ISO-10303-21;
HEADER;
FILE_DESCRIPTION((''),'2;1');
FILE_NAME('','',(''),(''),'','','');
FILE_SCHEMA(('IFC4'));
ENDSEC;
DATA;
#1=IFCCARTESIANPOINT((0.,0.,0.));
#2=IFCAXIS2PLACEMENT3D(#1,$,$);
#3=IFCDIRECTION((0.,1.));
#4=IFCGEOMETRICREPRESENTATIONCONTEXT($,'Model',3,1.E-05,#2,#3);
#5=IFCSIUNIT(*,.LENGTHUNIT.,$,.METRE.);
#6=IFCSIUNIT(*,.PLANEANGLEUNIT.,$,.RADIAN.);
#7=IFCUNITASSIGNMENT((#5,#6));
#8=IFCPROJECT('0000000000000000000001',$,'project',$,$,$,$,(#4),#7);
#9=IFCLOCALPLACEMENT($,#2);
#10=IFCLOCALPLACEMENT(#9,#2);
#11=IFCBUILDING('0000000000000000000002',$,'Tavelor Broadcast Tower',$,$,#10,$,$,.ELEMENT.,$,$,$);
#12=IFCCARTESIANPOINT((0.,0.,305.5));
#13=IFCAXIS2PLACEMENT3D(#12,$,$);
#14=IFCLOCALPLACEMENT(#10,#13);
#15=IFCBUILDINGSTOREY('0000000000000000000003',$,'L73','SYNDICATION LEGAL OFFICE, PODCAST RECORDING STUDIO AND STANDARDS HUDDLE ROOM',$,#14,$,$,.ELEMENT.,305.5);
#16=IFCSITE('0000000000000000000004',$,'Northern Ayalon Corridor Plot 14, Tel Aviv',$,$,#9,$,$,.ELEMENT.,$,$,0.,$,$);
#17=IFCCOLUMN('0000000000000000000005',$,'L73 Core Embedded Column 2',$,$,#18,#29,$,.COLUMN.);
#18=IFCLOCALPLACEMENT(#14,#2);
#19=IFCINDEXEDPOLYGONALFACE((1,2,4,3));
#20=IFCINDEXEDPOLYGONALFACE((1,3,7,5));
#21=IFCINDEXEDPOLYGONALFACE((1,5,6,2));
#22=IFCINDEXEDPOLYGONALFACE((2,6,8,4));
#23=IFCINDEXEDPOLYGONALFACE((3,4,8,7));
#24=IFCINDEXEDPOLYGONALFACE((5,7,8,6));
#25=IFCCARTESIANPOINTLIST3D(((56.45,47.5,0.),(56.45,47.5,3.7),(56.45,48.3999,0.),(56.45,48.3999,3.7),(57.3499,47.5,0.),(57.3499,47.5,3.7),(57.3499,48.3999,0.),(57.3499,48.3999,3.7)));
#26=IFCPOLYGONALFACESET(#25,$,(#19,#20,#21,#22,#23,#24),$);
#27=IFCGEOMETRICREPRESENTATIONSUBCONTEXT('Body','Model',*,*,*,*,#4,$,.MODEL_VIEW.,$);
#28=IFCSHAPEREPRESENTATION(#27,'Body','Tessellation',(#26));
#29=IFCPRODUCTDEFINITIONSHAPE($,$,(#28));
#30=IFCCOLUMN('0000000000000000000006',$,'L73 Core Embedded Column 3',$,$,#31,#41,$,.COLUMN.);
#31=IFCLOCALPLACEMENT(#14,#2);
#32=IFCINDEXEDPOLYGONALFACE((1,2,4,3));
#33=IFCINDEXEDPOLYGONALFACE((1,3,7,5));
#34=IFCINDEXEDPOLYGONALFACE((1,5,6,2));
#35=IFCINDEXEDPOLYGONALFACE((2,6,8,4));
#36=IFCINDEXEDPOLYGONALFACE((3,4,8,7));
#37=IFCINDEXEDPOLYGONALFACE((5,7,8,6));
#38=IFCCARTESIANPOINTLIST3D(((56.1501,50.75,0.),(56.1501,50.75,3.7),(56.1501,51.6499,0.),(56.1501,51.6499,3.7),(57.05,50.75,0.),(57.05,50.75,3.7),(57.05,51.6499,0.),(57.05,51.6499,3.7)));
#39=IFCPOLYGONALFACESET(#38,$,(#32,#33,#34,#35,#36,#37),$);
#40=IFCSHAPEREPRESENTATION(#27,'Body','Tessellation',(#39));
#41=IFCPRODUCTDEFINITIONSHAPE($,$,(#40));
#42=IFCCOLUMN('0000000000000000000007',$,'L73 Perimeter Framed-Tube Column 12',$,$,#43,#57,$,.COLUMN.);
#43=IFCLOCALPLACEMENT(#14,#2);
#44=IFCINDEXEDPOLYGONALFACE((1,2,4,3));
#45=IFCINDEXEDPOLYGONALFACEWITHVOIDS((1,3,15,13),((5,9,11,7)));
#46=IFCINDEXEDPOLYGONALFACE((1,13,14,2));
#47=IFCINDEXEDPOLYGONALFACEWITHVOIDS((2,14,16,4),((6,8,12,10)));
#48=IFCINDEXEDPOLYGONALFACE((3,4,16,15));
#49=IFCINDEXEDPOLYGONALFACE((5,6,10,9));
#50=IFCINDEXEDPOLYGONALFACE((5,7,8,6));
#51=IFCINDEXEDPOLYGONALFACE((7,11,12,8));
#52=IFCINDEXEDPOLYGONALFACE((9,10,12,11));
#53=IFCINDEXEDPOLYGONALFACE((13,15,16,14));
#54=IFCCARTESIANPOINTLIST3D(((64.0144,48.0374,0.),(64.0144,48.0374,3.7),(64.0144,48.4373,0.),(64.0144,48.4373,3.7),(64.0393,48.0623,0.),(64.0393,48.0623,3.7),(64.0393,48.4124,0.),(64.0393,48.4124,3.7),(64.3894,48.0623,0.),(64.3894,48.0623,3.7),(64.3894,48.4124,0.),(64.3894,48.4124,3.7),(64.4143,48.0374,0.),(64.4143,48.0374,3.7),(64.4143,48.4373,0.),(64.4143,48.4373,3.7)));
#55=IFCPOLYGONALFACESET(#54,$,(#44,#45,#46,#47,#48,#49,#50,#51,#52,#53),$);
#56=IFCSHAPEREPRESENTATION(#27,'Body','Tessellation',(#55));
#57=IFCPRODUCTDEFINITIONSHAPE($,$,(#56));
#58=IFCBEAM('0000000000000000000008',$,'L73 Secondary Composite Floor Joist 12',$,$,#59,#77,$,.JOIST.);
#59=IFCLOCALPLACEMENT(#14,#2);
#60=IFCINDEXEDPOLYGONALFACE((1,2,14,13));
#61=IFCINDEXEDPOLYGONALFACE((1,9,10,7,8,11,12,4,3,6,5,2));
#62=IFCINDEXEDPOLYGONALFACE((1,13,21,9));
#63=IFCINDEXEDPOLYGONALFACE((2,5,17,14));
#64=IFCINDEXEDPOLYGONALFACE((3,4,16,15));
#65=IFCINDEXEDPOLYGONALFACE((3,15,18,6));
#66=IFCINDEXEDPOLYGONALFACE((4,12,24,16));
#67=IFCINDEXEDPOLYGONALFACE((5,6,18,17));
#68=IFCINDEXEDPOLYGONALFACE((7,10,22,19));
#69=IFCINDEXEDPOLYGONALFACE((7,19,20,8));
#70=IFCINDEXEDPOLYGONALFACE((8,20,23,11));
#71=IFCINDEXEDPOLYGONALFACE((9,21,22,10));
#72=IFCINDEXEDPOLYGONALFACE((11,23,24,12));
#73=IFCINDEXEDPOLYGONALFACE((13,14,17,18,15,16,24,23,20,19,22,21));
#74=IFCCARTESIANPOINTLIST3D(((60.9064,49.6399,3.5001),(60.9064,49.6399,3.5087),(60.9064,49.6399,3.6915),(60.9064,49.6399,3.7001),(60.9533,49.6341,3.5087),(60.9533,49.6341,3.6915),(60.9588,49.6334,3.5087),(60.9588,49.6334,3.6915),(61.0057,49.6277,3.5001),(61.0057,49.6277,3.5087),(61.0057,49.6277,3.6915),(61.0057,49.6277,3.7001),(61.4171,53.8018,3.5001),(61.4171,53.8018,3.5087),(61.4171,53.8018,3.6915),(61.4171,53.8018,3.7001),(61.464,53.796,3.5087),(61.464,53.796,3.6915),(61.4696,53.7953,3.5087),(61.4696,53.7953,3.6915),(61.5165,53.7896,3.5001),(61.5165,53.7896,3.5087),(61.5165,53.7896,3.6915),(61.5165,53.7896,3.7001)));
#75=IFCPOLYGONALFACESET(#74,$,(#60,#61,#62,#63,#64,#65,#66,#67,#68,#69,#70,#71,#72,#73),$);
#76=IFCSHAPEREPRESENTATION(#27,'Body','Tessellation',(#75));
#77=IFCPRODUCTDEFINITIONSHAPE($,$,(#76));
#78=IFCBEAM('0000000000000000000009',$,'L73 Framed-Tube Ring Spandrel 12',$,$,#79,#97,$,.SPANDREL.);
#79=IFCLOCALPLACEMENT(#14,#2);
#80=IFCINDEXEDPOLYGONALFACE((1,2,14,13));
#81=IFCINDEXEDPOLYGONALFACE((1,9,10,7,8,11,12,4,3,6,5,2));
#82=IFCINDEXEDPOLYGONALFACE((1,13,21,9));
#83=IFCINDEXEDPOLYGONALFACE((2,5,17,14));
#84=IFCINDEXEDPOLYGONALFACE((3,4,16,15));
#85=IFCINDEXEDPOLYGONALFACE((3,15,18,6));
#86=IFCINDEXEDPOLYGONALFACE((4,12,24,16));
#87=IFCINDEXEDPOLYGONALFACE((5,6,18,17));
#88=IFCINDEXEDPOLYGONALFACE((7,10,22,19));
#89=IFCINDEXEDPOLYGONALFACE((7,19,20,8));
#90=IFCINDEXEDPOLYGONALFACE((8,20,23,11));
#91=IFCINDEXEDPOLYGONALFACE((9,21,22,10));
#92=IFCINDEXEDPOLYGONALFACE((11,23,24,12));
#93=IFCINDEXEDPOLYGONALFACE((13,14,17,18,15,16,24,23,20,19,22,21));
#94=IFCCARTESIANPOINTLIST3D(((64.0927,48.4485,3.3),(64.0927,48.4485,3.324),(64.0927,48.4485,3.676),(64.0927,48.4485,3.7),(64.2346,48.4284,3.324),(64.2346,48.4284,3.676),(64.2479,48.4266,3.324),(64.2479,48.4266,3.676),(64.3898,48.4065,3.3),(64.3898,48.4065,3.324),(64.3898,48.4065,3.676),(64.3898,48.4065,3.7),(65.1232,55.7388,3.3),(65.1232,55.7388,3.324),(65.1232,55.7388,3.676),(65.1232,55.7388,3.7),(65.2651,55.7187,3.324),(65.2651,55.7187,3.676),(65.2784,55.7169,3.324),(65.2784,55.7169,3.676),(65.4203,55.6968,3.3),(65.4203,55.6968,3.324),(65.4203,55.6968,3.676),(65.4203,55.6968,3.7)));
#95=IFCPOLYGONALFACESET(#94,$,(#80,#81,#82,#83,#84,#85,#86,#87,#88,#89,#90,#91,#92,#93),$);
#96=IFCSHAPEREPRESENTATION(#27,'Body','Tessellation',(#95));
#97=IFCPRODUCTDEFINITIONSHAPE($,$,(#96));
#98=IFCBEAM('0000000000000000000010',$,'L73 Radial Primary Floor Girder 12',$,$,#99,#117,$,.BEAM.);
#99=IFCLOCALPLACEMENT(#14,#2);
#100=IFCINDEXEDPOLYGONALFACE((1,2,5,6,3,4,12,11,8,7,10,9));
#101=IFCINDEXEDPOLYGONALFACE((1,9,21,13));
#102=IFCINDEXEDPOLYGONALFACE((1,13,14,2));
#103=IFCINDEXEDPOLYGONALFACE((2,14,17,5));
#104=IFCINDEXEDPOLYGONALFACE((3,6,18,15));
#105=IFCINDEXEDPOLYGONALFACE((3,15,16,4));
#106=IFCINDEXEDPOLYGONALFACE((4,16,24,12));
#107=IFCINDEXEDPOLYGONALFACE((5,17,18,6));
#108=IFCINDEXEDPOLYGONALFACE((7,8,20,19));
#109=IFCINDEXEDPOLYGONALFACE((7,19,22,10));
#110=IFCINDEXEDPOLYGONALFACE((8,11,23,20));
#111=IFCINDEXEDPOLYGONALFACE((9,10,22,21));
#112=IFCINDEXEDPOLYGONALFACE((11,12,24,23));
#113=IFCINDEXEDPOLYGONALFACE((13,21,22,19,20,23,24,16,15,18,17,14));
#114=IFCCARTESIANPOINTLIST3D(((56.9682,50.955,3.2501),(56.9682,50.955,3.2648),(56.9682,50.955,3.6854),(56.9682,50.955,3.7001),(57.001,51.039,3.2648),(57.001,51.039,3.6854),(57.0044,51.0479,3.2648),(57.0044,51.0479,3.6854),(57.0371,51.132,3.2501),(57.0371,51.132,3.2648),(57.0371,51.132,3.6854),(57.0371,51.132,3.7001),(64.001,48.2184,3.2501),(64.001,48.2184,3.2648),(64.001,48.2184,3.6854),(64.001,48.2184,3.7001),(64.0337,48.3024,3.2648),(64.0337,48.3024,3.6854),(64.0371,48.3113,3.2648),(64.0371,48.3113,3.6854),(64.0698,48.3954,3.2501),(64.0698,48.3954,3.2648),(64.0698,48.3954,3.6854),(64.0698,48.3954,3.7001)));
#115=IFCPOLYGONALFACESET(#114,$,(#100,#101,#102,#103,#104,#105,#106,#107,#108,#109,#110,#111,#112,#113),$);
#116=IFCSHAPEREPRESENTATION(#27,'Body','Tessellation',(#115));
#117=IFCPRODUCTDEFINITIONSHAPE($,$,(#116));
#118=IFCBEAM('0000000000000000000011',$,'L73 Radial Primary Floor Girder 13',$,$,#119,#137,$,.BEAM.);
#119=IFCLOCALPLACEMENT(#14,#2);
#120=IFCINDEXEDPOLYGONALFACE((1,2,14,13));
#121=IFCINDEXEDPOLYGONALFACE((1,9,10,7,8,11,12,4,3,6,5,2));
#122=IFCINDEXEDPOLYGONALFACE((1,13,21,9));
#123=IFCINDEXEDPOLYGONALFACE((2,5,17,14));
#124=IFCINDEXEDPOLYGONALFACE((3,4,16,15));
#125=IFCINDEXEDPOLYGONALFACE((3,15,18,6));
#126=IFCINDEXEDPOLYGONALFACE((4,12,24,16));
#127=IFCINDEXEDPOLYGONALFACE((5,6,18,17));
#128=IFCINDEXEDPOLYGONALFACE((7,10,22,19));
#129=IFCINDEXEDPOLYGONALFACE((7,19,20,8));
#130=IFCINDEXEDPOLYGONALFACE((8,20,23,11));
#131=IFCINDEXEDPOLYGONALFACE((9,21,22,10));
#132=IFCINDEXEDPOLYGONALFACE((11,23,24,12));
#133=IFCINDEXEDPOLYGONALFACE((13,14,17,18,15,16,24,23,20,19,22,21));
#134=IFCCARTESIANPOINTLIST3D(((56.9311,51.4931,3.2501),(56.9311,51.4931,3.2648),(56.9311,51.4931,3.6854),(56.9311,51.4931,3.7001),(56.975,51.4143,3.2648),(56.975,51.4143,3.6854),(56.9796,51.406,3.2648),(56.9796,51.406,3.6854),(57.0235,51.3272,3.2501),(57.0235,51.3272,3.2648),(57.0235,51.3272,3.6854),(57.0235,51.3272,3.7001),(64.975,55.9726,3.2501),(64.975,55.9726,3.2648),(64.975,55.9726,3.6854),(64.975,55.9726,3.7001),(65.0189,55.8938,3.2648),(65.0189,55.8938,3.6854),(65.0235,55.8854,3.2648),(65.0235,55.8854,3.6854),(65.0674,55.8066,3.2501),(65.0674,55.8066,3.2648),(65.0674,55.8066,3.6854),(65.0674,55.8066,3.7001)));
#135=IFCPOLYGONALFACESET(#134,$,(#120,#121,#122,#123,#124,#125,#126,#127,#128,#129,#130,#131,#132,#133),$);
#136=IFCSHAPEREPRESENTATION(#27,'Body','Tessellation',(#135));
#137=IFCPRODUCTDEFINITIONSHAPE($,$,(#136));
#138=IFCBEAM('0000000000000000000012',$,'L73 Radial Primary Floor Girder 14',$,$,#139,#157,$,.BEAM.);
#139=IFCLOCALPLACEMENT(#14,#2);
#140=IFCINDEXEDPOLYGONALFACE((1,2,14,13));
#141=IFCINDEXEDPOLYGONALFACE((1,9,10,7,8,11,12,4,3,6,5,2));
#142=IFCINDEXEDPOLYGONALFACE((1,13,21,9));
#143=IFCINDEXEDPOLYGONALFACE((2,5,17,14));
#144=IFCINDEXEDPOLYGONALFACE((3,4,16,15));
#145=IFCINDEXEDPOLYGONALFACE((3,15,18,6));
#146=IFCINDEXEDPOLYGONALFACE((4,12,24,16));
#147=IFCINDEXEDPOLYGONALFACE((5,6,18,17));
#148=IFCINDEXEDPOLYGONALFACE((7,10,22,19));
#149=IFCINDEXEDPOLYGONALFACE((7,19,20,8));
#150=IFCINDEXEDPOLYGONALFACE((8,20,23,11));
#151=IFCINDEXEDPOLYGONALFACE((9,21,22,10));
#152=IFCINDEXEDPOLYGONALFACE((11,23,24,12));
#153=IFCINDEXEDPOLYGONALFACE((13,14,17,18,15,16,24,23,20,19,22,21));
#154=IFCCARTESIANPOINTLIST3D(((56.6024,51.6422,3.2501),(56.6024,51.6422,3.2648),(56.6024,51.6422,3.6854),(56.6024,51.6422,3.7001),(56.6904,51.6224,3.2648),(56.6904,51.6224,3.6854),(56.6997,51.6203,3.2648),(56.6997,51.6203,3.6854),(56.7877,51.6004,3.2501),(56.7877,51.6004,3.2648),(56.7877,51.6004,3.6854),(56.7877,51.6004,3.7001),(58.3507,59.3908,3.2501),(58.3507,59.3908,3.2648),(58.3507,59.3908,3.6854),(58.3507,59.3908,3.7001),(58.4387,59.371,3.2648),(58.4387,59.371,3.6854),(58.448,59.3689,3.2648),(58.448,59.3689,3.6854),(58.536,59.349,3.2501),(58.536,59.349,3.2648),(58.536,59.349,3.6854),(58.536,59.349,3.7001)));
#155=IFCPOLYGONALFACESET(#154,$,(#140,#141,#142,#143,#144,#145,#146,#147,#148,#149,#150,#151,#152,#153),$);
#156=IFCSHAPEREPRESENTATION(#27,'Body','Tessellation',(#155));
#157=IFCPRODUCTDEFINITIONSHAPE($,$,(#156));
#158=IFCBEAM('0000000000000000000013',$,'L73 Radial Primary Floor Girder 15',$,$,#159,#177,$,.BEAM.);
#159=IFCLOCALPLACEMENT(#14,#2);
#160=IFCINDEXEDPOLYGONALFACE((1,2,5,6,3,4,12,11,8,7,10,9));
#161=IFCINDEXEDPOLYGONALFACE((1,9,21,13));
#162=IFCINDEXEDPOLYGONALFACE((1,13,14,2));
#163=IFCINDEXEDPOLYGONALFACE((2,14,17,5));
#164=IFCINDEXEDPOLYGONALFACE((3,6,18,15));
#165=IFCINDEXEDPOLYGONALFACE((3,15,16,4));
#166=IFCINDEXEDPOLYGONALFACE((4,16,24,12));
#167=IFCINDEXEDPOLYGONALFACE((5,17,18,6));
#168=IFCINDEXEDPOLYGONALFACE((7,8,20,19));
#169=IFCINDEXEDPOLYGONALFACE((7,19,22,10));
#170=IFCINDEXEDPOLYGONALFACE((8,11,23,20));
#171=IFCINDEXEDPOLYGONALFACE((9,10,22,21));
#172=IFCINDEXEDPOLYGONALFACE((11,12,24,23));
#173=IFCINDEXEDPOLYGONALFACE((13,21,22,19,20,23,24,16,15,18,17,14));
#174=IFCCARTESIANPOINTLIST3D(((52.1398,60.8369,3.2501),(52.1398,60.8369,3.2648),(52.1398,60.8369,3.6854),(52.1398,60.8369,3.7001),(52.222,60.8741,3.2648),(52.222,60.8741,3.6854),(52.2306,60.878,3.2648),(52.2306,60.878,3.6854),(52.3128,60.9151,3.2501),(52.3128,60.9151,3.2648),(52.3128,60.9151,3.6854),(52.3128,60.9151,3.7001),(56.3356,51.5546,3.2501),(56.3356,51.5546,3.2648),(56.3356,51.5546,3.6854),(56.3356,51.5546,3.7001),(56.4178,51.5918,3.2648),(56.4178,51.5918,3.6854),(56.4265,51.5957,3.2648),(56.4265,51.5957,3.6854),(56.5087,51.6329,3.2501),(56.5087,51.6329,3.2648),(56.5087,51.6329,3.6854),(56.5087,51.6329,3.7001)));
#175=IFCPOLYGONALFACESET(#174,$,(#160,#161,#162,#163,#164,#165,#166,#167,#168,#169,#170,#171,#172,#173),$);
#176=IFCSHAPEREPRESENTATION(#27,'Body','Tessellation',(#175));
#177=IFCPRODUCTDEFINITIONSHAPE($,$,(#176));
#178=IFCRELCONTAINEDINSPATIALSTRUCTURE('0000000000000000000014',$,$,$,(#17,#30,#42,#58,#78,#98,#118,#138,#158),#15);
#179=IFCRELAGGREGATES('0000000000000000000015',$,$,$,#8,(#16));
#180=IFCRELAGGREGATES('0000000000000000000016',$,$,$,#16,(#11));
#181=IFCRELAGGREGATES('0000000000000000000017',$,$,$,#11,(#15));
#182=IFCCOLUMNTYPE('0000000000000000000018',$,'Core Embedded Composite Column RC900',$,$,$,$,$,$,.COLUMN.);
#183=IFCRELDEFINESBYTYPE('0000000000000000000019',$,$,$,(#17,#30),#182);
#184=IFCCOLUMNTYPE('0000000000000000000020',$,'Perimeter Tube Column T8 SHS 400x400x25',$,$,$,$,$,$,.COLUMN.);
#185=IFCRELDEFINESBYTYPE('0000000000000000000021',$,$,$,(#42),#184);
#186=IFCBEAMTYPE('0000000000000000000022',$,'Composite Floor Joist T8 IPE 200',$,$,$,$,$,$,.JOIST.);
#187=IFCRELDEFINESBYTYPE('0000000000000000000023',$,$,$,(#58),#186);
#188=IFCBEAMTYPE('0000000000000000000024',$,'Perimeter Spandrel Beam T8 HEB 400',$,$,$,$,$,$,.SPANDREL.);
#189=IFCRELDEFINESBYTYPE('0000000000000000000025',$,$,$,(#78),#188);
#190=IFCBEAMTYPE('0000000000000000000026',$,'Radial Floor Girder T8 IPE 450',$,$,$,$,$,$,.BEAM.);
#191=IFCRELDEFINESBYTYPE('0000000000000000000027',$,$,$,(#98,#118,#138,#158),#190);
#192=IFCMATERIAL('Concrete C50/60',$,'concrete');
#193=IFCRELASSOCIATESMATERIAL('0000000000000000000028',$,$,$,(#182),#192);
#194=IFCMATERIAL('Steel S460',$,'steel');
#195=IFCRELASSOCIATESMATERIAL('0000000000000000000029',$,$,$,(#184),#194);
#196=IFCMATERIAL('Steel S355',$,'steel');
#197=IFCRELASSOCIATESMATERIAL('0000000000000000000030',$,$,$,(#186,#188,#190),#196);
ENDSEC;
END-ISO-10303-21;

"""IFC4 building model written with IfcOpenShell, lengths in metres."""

from ifc_helpers import new_model, si_unit, direction, frame, origin, origin_2d, place, context, subcontext, project, spatial, rectangle, hollow_rectangle, i_section, extrude, material, material_profile, profile_set, type_object, element, save


model = new_model("IFC4")

# Units and contexts
model_context = context("Model", 3, precision=1e-05, world=origin(), true_north=direction((0.0, 1.0)))
body_context = subcontext(model_context, "Body", "Model", "MODEL_VIEW")
ifc_project = project(units=[si_unit("LENGTHUNIT", "METRE"), si_unit("PLANEANGLEUNIT", "RADIAN")], contexts=[model_context])

# Site, building, storey
site_placement = place(None, origin())
site = spatial("IfcSite", under=ifc_project, at=site_placement, Name="Northern Ayalon Corridor Plot 14, Tel Aviv", CompositionType="ELEMENT", RefElevation=0.0)
building_placement = place(site_placement, origin())
building = spatial("IfcBuilding", under=site, at=building_placement, Name="Tavelor Broadcast Tower", CompositionType="ELEMENT")
storey_placement = place(building_placement, frame((0.0, 0.0, 305.5)))
storey = spatial("IfcBuildingStorey", under=building, at=storey_placement, Name="L73", Description="SYNDICATION LEGAL OFFICE, PODCAST RECORDING STUDIO AND STANDARDS HUDDLE ROOM", CompositionType="ELEMENT", Elevation=305.5)

# Columns
ifc_material_1 = material(Name="Concrete C50/60", Category="concrete")
ifc_material_profile_1 = material_profile(ifc_material_1, rectangle(XDim=0.8999, YDim=0.8999, at=origin_2d()), Name="RC 900x900")
ifc_profile_set_1 = profile_set([ifc_material_profile_1], Name="Concrete C50/60")
column_type_1 = type_object("IfcColumnType", Name="Core Embedded Composite Column RC900", PredefinedType="COLUMN", material=ifc_profile_set_1)
for number, where, z_axis, x_axis, name in (
    (1, (56.8999, 47.95, 0.0), (0.0, 0.0, 1.0), (1.0, 0.0, 0.0), "L73 Core Embedded Column 2"),
    (2, (56.6001, 51.2, 0.0), (0.0, 0.0, 1.0), (1.0, 0.0, 0.0), "L73 Core Embedded Column 3"),
):
    element("IfcColumn", number, at=place(storey_placement, frame(where, z_axis=z_axis, x_axis=x_axis)), inside=storey, type_object=column_type_1, Name=name, PredefinedType="COLUMN", context=body_context, shape_type="SweptSolid", body=[
        extrude(rectangle(XDim=0.8999, YDim=0.8999, at=origin_2d()), origin(), (0.0, 0.0, 1.0), 3.7),
    ])
ifc_material_2 = material(Name="Steel S460", Category="steel")
ifc_material_profile_2 = material_profile(ifc_material_2, hollow_rectangle(XDim=0.3999, YDim=0.3999, WallThickness=0.0249, at=origin_2d()), Name="SHS 400x400x25")
ifc_profile_set_2 = profile_set([ifc_material_profile_2], Name="Steel S460")
column_type_2 = type_object("IfcColumnType", Name="Perimeter Tube Column T8 SHS 400x400x25", PredefinedType="COLUMN", material=ifc_profile_set_2)
column_placement = place(storey_placement, frame((64.2144, 48.2373, 0.0), z_axis=(0.0, 0.0, 1.0), x_axis=(1.0, 0.0, 0.0)))
element("IfcColumn", 3, at=column_placement, inside=storey, type_object=column_type_2, Name="L73 Perimeter Framed-Tube Column 12", PredefinedType="COLUMN", context=body_context, shape_type="SweptSolid", body=[
    extrude(hollow_rectangle(XDim=0.3999, YDim=0.3999, WallThickness=0.0249, at=origin_2d()), origin(), (0.0, 0.0, 1.0), 3.7),
])

# Beams
ifc_material_3 = material(Name="Steel S355", Category="steel")
ifc_material_profile_3 = material_profile(ifc_material_3, i_section(OverallWidth=0.1001, OverallDepth=0.2, WebThickness=0.0056, FlangeThickness=0.0085, at=origin_2d()), Name="IPE 200")
ifc_profile_set_3 = profile_set([ifc_material_profile_3], Name="Steel S355")
beam_type_1 = type_object("IfcBeamType", Name="Composite Floor Joist T8 IPE 200", PredefinedType="JOIST", material=ifc_profile_set_3)
beam_1_placement = place(storey_placement, frame((60.9561, 49.6338, 3.6001), z_axis=(0.121806, 0.992554, 0.0), x_axis=(-0.992554, 0.121806, 0.0)))
element("IfcBeam", 4, at=beam_1_placement, inside=storey, type_object=beam_type_1, Name="L73 Secondary Composite Floor Joist 12", PredefinedType="JOIST", context=body_context, shape_type="SweptSolid", body=[
    extrude(i_section(OverallWidth=0.1001, OverallDepth=0.2, WebThickness=0.0056, FlangeThickness=0.0085, at=origin_2d()), origin(), (0.0, 0.0, 1.0), 4.1931),
])
ifc_material_profile_4 = material_profile(ifc_material_3, i_section(OverallWidth=0.3, OverallDepth=0.3999, WebThickness=0.0134, FlangeThickness=0.0239, at=origin_2d()), Name="HEB 400")
ifc_profile_set_4 = profile_set([ifc_material_profile_4], Name="Steel S355")
beam_type_2 = type_object("IfcBeamType", Name="Perimeter Spandrel Beam T8 HEB 400", PredefinedType="SPANDREL", material=ifc_profile_set_4)
beam_2_placement = place(storey_placement, frame((64.2412, 48.4275, 3.5), z_axis=(0.139964, 0.990157, 0.0), x_axis=(-0.990157, 0.139964, 0.0)))
element("IfcBeam", 5, at=beam_2_placement, inside=storey, type_object=beam_type_2, Name="L73 Framed-Tube Ring Spandrel 12", PredefinedType="SPANDREL", context=body_context, shape_type="SweptSolid", body=[
    extrude(i_section(OverallWidth=0.3, OverallDepth=0.3999, WebThickness=0.0134, FlangeThickness=0.0239, at=origin_2d()), origin(), (0.0, 0.0, 1.0), 7.3628),
])
ifc_material_profile_5 = material_profile(ifc_material_3, i_section(OverallWidth=0.1899, OverallDepth=0.45, WebThickness=0.0095, FlangeThickness=0.0146, at=origin_2d()), Name="IPE 450")
ifc_profile_set_5 = profile_set([ifc_material_profile_5], Name="Steel S355")
beam_type_3 = type_object("IfcBeamType", Name="Radial Floor Girder T8 IPE 450", PredefinedType="BEAM", material=ifc_profile_set_5)
beam_3_placement = place(storey_placement, frame((57.0027, 51.0435, 3.4751), z_axis=(0.931932, -0.362634, 0.0), x_axis=(0.362634, 0.931932, 0.0)))
element("IfcBeam", 6, at=beam_3_placement, inside=storey, type_object=beam_type_3, Name="L73 Radial Primary Floor Girder 12", PredefinedType="BEAM", context=body_context, shape_type="SweptSolid", body=[
    extrude(i_section(OverallWidth=0.1899, OverallDepth=0.45, WebThickness=0.0095, FlangeThickness=0.0146, at=origin_2d()), origin(), (0.0, 0.0, 1.0), 7.5464),
])
beam_4_placement = place(storey_placement, frame((56.9773, 51.4102, 3.4751), z_axis=(0.873667, 0.486525, 0.0), x_axis=(-0.486525, 0.873667, 0.0)))
element("IfcBeam", 7, at=beam_4_placement, inside=storey, type_object=beam_type_3, Name="L73 Radial Primary Floor Girder 13", PredefinedType="BEAM", context=body_context, shape_type="SweptSolid", body=[
    extrude(i_section(OverallWidth=0.1899, OverallDepth=0.45, WebThickness=0.0095, FlangeThickness=0.0146, at=origin_2d()), origin(), (0.0, 0.0, 1.0), 9.207),
])
beam_5_placement = place(storey_placement, frame((56.6951, 51.6213, 3.4751), z_axis=(0.220096, 0.975478, 0.0), x_axis=(-0.975478, 0.220096, 0.0)))
element("IfcBeam", 8, at=beam_5_placement, inside=storey, type_object=beam_type_3, Name="L73 Radial Primary Floor Girder 14", PredefinedType="BEAM", context=body_context, shape_type="SweptSolid", body=[
    extrude(i_section(OverallWidth=0.1899, OverallDepth=0.45, WebThickness=0.0095, FlangeThickness=0.0146, at=origin_2d()), origin(), (0.0, 0.0, 1.0), 7.9434),
])
beam_6_placement = place(storey_placement, frame((56.4221, 51.5938, 3.4751), z_axis=(-0.411899, 0.91123, 0.0), x_axis=(-0.91123, -0.411899, 0.0)))
element("IfcBeam", 9, at=beam_6_placement, inside=storey, type_object=beam_type_3, Name="L73 Radial Primary Floor Girder 15", PredefinedType="BEAM", context=body_context, shape_type="SweptSolid", body=[
    extrude(i_section(OverallWidth=0.1899, OverallDepth=0.45, WebThickness=0.0095, FlangeThickness=0.0146, at=origin_2d()), origin(), (0.0, 0.0, 1.0), 10.1865),
])

save(model, "model.ifc")
